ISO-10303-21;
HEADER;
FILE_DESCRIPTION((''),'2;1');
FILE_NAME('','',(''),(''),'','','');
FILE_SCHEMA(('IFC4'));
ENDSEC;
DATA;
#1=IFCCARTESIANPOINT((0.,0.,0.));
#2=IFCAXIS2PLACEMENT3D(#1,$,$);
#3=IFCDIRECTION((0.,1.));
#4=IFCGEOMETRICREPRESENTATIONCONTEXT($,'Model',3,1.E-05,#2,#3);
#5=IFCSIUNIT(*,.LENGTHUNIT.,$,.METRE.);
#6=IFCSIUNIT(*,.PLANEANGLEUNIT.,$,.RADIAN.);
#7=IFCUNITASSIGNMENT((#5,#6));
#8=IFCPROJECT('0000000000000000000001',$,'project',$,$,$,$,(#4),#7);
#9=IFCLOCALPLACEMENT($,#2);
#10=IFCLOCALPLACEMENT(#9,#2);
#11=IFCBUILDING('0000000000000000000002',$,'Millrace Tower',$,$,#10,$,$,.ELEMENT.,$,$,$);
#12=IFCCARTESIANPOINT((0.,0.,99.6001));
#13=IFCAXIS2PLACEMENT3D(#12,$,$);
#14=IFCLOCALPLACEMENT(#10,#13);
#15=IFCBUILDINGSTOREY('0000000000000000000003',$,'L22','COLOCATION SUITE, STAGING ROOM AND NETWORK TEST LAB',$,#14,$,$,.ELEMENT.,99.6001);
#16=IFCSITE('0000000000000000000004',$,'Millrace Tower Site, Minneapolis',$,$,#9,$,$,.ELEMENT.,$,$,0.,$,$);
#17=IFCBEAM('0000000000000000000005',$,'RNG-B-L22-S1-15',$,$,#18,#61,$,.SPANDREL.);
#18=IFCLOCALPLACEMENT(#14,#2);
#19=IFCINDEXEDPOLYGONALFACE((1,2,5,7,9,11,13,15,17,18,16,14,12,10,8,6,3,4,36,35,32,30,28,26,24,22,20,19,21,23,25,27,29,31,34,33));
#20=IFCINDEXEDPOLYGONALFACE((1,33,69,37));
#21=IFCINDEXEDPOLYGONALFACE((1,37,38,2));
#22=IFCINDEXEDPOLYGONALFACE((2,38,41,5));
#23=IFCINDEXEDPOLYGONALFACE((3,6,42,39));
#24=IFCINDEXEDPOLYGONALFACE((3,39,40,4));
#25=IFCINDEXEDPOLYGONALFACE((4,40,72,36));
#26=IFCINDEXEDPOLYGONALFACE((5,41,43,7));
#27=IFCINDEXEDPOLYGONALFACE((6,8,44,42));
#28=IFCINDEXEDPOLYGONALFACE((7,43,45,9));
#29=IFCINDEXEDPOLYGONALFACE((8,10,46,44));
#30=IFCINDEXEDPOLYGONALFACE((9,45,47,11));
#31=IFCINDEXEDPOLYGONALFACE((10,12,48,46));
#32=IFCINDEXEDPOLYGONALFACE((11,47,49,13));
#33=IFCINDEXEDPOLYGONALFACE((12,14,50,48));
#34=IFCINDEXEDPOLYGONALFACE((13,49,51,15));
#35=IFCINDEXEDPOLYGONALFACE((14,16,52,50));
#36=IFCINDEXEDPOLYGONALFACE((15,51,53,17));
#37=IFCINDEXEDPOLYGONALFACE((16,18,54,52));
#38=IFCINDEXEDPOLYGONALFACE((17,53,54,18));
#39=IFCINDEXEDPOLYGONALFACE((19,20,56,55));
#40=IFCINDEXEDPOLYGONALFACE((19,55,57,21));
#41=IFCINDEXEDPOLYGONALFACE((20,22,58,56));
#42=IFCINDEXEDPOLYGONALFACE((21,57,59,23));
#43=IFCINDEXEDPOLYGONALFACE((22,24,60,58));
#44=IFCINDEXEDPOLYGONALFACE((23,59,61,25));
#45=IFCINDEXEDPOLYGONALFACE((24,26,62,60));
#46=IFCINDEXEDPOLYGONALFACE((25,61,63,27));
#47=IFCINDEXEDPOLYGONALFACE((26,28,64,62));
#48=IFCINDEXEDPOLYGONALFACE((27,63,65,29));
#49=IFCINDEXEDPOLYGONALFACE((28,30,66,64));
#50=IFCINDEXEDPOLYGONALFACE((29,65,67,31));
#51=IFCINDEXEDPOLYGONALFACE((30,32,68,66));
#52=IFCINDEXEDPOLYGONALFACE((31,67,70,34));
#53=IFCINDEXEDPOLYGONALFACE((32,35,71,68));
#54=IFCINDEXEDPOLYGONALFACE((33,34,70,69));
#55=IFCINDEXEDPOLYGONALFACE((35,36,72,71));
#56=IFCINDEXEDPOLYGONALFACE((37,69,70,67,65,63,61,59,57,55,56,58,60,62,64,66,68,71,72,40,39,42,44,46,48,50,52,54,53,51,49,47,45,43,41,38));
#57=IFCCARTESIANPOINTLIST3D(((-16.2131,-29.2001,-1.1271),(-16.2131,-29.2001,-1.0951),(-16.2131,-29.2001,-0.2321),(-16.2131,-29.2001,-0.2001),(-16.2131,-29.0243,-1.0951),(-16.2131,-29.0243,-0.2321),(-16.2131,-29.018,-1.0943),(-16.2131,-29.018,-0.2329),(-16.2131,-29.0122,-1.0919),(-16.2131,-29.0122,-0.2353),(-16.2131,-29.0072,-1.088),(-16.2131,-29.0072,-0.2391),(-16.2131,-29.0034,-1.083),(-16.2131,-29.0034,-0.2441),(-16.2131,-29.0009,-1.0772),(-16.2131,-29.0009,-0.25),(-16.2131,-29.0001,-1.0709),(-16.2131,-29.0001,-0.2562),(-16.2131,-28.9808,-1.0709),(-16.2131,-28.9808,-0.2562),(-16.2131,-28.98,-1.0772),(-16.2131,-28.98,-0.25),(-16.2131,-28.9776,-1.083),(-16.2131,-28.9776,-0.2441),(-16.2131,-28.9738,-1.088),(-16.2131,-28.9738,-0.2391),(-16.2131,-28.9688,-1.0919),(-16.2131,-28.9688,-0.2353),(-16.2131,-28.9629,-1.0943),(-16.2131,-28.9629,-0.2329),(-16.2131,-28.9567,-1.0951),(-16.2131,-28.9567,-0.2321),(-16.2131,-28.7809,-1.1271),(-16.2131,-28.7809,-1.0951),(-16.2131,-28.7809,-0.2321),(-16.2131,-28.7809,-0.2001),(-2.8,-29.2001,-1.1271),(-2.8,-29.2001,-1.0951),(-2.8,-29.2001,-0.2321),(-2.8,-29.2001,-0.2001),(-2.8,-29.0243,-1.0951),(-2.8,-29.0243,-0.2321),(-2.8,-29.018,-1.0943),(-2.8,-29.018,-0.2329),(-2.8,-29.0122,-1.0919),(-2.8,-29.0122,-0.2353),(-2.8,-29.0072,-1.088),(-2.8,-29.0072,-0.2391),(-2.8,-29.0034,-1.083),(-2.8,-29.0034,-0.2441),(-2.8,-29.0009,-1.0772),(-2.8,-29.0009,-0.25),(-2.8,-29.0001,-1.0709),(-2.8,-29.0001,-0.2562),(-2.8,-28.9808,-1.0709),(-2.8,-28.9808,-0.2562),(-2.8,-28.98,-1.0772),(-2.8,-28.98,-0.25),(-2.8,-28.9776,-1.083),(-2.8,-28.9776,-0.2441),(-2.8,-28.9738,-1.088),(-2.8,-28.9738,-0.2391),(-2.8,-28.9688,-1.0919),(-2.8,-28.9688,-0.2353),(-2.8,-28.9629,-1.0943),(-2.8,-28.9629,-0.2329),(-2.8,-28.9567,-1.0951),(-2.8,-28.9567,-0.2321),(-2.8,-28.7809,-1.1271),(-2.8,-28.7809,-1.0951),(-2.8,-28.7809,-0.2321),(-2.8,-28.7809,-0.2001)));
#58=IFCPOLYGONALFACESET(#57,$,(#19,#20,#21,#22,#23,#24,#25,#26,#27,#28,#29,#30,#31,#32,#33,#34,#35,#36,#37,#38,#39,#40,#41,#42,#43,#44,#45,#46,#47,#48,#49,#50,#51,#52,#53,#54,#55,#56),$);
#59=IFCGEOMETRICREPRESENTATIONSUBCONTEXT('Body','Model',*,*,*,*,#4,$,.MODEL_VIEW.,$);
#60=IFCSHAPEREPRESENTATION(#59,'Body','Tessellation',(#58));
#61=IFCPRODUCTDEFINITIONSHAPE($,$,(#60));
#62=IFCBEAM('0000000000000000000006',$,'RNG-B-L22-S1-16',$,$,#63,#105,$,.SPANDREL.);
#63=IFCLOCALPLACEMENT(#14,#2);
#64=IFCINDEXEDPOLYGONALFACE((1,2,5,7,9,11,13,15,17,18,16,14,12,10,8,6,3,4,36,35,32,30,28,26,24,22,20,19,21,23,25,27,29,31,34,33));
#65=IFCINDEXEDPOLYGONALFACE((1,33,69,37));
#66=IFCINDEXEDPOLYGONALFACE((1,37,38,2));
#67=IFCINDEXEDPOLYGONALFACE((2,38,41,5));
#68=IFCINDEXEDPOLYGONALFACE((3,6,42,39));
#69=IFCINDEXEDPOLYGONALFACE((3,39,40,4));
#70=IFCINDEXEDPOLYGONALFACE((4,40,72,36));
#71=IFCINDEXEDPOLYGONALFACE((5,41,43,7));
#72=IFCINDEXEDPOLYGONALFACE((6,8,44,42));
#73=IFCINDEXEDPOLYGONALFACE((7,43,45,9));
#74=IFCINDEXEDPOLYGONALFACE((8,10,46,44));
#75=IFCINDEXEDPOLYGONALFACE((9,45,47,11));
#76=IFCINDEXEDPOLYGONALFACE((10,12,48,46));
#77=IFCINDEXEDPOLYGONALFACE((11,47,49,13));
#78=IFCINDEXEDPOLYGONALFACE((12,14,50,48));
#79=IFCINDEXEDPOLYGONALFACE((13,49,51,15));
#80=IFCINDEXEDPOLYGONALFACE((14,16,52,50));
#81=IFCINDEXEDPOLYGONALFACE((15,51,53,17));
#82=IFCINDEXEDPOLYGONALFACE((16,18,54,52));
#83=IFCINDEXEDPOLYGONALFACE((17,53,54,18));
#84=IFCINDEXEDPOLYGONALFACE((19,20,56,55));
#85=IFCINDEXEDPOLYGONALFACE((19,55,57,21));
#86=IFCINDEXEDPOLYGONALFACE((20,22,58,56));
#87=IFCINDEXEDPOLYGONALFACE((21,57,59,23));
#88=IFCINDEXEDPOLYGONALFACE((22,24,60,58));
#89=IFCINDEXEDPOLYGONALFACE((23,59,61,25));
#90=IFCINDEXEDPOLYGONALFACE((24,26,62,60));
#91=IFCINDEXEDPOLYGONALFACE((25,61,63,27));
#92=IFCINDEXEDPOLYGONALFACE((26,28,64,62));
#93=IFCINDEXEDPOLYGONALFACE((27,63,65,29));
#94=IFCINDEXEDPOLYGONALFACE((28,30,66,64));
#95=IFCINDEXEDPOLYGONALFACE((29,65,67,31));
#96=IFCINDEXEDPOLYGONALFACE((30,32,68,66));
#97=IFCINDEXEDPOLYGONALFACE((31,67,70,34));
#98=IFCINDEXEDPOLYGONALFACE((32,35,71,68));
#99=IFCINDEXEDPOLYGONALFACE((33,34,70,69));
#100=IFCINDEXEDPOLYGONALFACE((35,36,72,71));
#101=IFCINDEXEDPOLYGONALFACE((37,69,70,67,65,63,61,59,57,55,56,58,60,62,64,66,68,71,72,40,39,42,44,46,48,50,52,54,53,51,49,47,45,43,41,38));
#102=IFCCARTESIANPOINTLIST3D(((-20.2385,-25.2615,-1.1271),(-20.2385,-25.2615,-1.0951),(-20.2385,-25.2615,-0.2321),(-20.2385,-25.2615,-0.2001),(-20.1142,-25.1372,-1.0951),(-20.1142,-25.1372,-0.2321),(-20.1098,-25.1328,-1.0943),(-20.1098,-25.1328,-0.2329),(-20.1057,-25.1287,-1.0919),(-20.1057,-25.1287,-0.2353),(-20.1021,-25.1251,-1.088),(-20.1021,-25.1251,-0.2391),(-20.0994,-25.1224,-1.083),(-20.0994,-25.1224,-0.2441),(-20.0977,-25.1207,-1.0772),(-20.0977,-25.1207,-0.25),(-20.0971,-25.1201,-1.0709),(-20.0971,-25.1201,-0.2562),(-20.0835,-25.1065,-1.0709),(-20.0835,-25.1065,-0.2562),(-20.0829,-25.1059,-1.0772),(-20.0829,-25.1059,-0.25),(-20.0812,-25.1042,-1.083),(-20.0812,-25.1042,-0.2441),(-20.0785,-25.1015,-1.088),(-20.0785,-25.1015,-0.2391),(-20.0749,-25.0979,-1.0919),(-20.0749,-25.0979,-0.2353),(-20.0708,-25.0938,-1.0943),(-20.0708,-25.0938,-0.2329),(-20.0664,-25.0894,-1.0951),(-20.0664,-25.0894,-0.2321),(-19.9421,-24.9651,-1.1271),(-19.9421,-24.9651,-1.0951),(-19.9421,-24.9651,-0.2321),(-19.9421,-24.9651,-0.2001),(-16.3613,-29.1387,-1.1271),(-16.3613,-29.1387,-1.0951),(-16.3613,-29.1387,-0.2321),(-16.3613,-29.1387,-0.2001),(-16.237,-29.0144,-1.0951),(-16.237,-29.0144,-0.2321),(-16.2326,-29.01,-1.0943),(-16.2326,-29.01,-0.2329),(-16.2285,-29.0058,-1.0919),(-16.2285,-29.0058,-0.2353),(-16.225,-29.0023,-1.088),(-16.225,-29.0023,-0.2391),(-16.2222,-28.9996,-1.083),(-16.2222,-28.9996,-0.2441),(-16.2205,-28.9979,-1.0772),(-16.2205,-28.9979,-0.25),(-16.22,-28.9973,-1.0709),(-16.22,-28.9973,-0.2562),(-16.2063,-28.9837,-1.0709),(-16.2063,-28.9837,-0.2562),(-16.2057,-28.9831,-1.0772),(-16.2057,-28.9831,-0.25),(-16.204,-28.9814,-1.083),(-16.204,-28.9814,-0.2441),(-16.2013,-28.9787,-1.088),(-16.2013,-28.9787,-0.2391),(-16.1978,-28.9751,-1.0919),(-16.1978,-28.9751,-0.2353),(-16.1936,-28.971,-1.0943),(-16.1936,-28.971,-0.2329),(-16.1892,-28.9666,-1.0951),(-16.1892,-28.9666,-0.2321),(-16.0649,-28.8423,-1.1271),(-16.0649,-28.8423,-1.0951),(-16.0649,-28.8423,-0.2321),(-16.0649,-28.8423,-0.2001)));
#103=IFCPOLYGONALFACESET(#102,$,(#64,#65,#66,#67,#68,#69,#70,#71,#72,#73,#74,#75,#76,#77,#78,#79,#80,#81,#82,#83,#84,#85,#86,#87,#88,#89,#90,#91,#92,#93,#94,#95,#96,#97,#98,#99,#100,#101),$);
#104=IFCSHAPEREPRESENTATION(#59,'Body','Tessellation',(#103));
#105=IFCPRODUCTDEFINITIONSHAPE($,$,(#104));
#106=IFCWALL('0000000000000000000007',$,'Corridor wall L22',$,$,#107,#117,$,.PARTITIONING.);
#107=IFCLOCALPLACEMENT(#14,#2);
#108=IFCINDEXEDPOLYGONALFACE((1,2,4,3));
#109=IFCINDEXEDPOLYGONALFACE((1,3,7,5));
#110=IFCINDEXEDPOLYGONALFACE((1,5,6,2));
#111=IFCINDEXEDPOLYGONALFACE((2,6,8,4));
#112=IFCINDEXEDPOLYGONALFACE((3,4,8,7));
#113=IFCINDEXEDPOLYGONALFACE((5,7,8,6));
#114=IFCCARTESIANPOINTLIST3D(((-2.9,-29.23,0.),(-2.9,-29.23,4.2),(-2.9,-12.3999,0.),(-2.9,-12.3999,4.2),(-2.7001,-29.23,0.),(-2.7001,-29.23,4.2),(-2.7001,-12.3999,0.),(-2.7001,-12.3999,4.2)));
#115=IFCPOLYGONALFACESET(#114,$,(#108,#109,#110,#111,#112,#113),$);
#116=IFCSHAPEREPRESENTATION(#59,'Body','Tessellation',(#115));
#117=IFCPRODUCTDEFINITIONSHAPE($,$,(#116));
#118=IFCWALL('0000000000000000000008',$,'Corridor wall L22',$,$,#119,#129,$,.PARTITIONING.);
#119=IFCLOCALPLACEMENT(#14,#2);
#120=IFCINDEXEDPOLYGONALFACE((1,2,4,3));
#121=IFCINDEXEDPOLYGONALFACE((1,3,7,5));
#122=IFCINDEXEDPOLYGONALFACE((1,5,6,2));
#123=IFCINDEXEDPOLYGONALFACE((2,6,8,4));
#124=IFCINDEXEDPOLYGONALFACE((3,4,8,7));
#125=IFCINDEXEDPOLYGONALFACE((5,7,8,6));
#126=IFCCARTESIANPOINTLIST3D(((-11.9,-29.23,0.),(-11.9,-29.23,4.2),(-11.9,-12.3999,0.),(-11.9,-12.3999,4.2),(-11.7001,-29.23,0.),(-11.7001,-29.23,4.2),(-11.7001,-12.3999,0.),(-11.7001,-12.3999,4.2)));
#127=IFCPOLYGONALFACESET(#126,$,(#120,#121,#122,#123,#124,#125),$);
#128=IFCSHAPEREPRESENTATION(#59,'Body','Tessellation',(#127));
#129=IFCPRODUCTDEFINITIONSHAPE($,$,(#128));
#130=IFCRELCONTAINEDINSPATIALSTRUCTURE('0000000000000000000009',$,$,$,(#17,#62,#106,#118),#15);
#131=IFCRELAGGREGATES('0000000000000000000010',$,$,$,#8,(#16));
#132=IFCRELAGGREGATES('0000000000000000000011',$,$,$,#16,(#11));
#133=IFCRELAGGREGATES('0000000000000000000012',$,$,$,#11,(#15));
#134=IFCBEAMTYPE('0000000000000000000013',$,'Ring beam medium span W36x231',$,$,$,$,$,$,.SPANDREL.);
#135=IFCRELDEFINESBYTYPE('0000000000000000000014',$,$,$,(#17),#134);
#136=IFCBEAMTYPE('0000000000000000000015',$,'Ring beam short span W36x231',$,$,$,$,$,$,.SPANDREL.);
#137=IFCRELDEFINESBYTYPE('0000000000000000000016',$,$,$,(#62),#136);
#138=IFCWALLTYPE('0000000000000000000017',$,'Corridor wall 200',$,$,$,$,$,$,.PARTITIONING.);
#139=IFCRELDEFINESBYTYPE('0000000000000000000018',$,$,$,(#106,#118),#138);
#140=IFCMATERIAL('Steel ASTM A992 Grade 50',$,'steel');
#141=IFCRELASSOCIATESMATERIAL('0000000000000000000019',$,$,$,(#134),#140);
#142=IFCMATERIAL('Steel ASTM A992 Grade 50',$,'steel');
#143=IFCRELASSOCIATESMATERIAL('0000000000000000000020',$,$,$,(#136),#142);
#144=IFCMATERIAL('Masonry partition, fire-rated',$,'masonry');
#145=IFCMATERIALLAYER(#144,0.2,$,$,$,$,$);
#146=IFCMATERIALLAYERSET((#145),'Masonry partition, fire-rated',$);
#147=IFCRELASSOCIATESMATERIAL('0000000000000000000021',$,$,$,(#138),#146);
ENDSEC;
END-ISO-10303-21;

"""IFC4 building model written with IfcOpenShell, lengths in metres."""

from ifc_helpers import new_model, si_unit, direction, frame, frame_2d, origin, origin_2d, place, context, subcontext, project, spatial, rectangle, i_section, extrude, material, layer, layer_set, material_profile, profile_set, type_object, element, save


model = new_model("IFC4")

# Units and contexts
model_context = context("Model", 3, precision=1e-05, world=origin(), true_north=direction((0.0, 1.0)))
body_context = subcontext(model_context, "Body", "Model", "MODEL_VIEW")
ifc_project = project(units=[si_unit("LENGTHUNIT", "METRE"), si_unit("PLANEANGLEUNIT", "RADIAN")], contexts=[model_context])

# Site, building, storey
site_placement = place(None, origin())
site = spatial("IfcSite", under=ifc_project, at=site_placement, Name="Millrace Tower Site, Minneapolis", CompositionType="ELEMENT", RefElevation=0.0)
building_placement = place(site_placement, origin())
building = spatial("IfcBuilding", under=site, at=building_placement, Name="Millrace Tower", CompositionType="ELEMENT")
storey_placement = place(building_placement, frame((0.0, 0.0, 99.6001)))
storey = spatial("IfcBuildingStorey", under=building, at=storey_placement, Name="L22", Description="COLOCATION SUITE, STAGING ROOM AND NETWORK TEST LAB", CompositionType="ELEMENT", Elevation=99.6001)

# Beams
ifc_material_1 = material(Name="Steel ASTM A992 Grade 50", Category="steel")
ifc_material_profile_1 = material_profile(ifc_material_1, i_section(OverallWidth=0.4192, OverallDepth=0.927, WebThickness=0.0193, FlangeThickness=0.032, FilletRadius=0.0242, at=origin_2d()))
ifc_profile_set_1 = profile_set([ifc_material_profile_1], Name="Steel ASTM A992 Grade 50")
beam_type_1 = type_object("IfcBeamType", Name="Ring beam medium span W36x231", PredefinedType="SPANDREL", material=ifc_profile_set_1)
beam_1_placement = place(storey_placement, frame((-2.8, -28.9905, -0.6636), z_axis=(-1.0, 0.0, 0.0), x_axis=(0.0, -1.0, 0.0)))
element("IfcBeam", 1, at=beam_1_placement, inside=storey, type_object=beam_type_1, Name="RNG-B-L22-S1-15", PredefinedType="SPANDREL", context=body_context, shape_type="SweptSolid", body=[
    extrude(i_section(OverallWidth=0.4192, OverallDepth=0.927, WebThickness=0.0193, FlangeThickness=0.032, FilletRadius=0.0242, at=origin_2d()), origin(), (0.0, 0.0, 1.0), 13.4131),
])
ifc_material_2 = material(Name="Steel ASTM A992 Grade 50", Category="steel")
ifc_material_profile_2 = material_profile(ifc_material_2, i_section(OverallWidth=0.4192, OverallDepth=0.927, WebThickness=0.0193, FlangeThickness=0.032, FilletRadius=0.0242, at=origin_2d()))
ifc_profile_set_2 = profile_set([ifc_material_profile_2], Name="Steel ASTM A992 Grade 50")
beam_type_2 = type_object("IfcBeamType", Name="Ring beam short span W36x231", PredefinedType="SPANDREL", material=ifc_profile_set_2)
beam_2_placement = place(storey_placement, frame((-16.2131, -28.9905, -0.6636), z_axis=(-0.707107, 0.707107, 0.0), x_axis=(-0.707107, -0.707107, 0.0)))
element("IfcBeam", 2, at=beam_2_placement, inside=storey, type_object=beam_type_2, Name="RNG-B-L22-S1-16", PredefinedType="SPANDREL", context=body_context, shape_type="SweptSolid", body=[
    extrude(i_section(OverallWidth=0.4192, OverallDepth=0.927, WebThickness=0.0193, FlangeThickness=0.032, FilletRadius=0.0242, at=origin_2d()), origin(), (0.0, 0.0, 1.0), 5.4832),
])

# Walls
ifc_material_3 = material(Name="Masonry partition, fire-rated", Category="masonry")
ifc_layer_1 = layer(ifc_material_3, 0.2)
ifc_layer_set_1 = layer_set([ifc_layer_1], Name="Masonry partition, fire-rated")
wall_type = type_object("IfcWallType", Name="Corridor wall 200", PredefinedType="PARTITIONING", material=ifc_layer_set_1)
for number, where, z_axis, x_axis, name in (
    (3, (-2.8, -29.23, 0.0), (0.0, 0.0, 1.0), (0.0, 1.0, 0.0), "Corridor wall L22"),
    (4, (-11.8, -29.23, 0.0), (0.0, 0.0, 1.0), (0.0, 1.0, 0.0), "Corridor wall L22"),
):
    element("IfcWall", number, at=place(storey_placement, frame(where, z_axis=z_axis, x_axis=x_axis)), inside=storey, type_object=wall_type, Name=name, PredefinedType="PARTITIONING", context=body_context, shape_type="SweptSolid", body=[
        extrude(rectangle(XDim=16.8301, YDim=0.2, at=frame_2d((8.415, 0.0))), origin(), (0.0, 0.0, 1.0), 4.2),
    ])

save(model, "model.ifc")
